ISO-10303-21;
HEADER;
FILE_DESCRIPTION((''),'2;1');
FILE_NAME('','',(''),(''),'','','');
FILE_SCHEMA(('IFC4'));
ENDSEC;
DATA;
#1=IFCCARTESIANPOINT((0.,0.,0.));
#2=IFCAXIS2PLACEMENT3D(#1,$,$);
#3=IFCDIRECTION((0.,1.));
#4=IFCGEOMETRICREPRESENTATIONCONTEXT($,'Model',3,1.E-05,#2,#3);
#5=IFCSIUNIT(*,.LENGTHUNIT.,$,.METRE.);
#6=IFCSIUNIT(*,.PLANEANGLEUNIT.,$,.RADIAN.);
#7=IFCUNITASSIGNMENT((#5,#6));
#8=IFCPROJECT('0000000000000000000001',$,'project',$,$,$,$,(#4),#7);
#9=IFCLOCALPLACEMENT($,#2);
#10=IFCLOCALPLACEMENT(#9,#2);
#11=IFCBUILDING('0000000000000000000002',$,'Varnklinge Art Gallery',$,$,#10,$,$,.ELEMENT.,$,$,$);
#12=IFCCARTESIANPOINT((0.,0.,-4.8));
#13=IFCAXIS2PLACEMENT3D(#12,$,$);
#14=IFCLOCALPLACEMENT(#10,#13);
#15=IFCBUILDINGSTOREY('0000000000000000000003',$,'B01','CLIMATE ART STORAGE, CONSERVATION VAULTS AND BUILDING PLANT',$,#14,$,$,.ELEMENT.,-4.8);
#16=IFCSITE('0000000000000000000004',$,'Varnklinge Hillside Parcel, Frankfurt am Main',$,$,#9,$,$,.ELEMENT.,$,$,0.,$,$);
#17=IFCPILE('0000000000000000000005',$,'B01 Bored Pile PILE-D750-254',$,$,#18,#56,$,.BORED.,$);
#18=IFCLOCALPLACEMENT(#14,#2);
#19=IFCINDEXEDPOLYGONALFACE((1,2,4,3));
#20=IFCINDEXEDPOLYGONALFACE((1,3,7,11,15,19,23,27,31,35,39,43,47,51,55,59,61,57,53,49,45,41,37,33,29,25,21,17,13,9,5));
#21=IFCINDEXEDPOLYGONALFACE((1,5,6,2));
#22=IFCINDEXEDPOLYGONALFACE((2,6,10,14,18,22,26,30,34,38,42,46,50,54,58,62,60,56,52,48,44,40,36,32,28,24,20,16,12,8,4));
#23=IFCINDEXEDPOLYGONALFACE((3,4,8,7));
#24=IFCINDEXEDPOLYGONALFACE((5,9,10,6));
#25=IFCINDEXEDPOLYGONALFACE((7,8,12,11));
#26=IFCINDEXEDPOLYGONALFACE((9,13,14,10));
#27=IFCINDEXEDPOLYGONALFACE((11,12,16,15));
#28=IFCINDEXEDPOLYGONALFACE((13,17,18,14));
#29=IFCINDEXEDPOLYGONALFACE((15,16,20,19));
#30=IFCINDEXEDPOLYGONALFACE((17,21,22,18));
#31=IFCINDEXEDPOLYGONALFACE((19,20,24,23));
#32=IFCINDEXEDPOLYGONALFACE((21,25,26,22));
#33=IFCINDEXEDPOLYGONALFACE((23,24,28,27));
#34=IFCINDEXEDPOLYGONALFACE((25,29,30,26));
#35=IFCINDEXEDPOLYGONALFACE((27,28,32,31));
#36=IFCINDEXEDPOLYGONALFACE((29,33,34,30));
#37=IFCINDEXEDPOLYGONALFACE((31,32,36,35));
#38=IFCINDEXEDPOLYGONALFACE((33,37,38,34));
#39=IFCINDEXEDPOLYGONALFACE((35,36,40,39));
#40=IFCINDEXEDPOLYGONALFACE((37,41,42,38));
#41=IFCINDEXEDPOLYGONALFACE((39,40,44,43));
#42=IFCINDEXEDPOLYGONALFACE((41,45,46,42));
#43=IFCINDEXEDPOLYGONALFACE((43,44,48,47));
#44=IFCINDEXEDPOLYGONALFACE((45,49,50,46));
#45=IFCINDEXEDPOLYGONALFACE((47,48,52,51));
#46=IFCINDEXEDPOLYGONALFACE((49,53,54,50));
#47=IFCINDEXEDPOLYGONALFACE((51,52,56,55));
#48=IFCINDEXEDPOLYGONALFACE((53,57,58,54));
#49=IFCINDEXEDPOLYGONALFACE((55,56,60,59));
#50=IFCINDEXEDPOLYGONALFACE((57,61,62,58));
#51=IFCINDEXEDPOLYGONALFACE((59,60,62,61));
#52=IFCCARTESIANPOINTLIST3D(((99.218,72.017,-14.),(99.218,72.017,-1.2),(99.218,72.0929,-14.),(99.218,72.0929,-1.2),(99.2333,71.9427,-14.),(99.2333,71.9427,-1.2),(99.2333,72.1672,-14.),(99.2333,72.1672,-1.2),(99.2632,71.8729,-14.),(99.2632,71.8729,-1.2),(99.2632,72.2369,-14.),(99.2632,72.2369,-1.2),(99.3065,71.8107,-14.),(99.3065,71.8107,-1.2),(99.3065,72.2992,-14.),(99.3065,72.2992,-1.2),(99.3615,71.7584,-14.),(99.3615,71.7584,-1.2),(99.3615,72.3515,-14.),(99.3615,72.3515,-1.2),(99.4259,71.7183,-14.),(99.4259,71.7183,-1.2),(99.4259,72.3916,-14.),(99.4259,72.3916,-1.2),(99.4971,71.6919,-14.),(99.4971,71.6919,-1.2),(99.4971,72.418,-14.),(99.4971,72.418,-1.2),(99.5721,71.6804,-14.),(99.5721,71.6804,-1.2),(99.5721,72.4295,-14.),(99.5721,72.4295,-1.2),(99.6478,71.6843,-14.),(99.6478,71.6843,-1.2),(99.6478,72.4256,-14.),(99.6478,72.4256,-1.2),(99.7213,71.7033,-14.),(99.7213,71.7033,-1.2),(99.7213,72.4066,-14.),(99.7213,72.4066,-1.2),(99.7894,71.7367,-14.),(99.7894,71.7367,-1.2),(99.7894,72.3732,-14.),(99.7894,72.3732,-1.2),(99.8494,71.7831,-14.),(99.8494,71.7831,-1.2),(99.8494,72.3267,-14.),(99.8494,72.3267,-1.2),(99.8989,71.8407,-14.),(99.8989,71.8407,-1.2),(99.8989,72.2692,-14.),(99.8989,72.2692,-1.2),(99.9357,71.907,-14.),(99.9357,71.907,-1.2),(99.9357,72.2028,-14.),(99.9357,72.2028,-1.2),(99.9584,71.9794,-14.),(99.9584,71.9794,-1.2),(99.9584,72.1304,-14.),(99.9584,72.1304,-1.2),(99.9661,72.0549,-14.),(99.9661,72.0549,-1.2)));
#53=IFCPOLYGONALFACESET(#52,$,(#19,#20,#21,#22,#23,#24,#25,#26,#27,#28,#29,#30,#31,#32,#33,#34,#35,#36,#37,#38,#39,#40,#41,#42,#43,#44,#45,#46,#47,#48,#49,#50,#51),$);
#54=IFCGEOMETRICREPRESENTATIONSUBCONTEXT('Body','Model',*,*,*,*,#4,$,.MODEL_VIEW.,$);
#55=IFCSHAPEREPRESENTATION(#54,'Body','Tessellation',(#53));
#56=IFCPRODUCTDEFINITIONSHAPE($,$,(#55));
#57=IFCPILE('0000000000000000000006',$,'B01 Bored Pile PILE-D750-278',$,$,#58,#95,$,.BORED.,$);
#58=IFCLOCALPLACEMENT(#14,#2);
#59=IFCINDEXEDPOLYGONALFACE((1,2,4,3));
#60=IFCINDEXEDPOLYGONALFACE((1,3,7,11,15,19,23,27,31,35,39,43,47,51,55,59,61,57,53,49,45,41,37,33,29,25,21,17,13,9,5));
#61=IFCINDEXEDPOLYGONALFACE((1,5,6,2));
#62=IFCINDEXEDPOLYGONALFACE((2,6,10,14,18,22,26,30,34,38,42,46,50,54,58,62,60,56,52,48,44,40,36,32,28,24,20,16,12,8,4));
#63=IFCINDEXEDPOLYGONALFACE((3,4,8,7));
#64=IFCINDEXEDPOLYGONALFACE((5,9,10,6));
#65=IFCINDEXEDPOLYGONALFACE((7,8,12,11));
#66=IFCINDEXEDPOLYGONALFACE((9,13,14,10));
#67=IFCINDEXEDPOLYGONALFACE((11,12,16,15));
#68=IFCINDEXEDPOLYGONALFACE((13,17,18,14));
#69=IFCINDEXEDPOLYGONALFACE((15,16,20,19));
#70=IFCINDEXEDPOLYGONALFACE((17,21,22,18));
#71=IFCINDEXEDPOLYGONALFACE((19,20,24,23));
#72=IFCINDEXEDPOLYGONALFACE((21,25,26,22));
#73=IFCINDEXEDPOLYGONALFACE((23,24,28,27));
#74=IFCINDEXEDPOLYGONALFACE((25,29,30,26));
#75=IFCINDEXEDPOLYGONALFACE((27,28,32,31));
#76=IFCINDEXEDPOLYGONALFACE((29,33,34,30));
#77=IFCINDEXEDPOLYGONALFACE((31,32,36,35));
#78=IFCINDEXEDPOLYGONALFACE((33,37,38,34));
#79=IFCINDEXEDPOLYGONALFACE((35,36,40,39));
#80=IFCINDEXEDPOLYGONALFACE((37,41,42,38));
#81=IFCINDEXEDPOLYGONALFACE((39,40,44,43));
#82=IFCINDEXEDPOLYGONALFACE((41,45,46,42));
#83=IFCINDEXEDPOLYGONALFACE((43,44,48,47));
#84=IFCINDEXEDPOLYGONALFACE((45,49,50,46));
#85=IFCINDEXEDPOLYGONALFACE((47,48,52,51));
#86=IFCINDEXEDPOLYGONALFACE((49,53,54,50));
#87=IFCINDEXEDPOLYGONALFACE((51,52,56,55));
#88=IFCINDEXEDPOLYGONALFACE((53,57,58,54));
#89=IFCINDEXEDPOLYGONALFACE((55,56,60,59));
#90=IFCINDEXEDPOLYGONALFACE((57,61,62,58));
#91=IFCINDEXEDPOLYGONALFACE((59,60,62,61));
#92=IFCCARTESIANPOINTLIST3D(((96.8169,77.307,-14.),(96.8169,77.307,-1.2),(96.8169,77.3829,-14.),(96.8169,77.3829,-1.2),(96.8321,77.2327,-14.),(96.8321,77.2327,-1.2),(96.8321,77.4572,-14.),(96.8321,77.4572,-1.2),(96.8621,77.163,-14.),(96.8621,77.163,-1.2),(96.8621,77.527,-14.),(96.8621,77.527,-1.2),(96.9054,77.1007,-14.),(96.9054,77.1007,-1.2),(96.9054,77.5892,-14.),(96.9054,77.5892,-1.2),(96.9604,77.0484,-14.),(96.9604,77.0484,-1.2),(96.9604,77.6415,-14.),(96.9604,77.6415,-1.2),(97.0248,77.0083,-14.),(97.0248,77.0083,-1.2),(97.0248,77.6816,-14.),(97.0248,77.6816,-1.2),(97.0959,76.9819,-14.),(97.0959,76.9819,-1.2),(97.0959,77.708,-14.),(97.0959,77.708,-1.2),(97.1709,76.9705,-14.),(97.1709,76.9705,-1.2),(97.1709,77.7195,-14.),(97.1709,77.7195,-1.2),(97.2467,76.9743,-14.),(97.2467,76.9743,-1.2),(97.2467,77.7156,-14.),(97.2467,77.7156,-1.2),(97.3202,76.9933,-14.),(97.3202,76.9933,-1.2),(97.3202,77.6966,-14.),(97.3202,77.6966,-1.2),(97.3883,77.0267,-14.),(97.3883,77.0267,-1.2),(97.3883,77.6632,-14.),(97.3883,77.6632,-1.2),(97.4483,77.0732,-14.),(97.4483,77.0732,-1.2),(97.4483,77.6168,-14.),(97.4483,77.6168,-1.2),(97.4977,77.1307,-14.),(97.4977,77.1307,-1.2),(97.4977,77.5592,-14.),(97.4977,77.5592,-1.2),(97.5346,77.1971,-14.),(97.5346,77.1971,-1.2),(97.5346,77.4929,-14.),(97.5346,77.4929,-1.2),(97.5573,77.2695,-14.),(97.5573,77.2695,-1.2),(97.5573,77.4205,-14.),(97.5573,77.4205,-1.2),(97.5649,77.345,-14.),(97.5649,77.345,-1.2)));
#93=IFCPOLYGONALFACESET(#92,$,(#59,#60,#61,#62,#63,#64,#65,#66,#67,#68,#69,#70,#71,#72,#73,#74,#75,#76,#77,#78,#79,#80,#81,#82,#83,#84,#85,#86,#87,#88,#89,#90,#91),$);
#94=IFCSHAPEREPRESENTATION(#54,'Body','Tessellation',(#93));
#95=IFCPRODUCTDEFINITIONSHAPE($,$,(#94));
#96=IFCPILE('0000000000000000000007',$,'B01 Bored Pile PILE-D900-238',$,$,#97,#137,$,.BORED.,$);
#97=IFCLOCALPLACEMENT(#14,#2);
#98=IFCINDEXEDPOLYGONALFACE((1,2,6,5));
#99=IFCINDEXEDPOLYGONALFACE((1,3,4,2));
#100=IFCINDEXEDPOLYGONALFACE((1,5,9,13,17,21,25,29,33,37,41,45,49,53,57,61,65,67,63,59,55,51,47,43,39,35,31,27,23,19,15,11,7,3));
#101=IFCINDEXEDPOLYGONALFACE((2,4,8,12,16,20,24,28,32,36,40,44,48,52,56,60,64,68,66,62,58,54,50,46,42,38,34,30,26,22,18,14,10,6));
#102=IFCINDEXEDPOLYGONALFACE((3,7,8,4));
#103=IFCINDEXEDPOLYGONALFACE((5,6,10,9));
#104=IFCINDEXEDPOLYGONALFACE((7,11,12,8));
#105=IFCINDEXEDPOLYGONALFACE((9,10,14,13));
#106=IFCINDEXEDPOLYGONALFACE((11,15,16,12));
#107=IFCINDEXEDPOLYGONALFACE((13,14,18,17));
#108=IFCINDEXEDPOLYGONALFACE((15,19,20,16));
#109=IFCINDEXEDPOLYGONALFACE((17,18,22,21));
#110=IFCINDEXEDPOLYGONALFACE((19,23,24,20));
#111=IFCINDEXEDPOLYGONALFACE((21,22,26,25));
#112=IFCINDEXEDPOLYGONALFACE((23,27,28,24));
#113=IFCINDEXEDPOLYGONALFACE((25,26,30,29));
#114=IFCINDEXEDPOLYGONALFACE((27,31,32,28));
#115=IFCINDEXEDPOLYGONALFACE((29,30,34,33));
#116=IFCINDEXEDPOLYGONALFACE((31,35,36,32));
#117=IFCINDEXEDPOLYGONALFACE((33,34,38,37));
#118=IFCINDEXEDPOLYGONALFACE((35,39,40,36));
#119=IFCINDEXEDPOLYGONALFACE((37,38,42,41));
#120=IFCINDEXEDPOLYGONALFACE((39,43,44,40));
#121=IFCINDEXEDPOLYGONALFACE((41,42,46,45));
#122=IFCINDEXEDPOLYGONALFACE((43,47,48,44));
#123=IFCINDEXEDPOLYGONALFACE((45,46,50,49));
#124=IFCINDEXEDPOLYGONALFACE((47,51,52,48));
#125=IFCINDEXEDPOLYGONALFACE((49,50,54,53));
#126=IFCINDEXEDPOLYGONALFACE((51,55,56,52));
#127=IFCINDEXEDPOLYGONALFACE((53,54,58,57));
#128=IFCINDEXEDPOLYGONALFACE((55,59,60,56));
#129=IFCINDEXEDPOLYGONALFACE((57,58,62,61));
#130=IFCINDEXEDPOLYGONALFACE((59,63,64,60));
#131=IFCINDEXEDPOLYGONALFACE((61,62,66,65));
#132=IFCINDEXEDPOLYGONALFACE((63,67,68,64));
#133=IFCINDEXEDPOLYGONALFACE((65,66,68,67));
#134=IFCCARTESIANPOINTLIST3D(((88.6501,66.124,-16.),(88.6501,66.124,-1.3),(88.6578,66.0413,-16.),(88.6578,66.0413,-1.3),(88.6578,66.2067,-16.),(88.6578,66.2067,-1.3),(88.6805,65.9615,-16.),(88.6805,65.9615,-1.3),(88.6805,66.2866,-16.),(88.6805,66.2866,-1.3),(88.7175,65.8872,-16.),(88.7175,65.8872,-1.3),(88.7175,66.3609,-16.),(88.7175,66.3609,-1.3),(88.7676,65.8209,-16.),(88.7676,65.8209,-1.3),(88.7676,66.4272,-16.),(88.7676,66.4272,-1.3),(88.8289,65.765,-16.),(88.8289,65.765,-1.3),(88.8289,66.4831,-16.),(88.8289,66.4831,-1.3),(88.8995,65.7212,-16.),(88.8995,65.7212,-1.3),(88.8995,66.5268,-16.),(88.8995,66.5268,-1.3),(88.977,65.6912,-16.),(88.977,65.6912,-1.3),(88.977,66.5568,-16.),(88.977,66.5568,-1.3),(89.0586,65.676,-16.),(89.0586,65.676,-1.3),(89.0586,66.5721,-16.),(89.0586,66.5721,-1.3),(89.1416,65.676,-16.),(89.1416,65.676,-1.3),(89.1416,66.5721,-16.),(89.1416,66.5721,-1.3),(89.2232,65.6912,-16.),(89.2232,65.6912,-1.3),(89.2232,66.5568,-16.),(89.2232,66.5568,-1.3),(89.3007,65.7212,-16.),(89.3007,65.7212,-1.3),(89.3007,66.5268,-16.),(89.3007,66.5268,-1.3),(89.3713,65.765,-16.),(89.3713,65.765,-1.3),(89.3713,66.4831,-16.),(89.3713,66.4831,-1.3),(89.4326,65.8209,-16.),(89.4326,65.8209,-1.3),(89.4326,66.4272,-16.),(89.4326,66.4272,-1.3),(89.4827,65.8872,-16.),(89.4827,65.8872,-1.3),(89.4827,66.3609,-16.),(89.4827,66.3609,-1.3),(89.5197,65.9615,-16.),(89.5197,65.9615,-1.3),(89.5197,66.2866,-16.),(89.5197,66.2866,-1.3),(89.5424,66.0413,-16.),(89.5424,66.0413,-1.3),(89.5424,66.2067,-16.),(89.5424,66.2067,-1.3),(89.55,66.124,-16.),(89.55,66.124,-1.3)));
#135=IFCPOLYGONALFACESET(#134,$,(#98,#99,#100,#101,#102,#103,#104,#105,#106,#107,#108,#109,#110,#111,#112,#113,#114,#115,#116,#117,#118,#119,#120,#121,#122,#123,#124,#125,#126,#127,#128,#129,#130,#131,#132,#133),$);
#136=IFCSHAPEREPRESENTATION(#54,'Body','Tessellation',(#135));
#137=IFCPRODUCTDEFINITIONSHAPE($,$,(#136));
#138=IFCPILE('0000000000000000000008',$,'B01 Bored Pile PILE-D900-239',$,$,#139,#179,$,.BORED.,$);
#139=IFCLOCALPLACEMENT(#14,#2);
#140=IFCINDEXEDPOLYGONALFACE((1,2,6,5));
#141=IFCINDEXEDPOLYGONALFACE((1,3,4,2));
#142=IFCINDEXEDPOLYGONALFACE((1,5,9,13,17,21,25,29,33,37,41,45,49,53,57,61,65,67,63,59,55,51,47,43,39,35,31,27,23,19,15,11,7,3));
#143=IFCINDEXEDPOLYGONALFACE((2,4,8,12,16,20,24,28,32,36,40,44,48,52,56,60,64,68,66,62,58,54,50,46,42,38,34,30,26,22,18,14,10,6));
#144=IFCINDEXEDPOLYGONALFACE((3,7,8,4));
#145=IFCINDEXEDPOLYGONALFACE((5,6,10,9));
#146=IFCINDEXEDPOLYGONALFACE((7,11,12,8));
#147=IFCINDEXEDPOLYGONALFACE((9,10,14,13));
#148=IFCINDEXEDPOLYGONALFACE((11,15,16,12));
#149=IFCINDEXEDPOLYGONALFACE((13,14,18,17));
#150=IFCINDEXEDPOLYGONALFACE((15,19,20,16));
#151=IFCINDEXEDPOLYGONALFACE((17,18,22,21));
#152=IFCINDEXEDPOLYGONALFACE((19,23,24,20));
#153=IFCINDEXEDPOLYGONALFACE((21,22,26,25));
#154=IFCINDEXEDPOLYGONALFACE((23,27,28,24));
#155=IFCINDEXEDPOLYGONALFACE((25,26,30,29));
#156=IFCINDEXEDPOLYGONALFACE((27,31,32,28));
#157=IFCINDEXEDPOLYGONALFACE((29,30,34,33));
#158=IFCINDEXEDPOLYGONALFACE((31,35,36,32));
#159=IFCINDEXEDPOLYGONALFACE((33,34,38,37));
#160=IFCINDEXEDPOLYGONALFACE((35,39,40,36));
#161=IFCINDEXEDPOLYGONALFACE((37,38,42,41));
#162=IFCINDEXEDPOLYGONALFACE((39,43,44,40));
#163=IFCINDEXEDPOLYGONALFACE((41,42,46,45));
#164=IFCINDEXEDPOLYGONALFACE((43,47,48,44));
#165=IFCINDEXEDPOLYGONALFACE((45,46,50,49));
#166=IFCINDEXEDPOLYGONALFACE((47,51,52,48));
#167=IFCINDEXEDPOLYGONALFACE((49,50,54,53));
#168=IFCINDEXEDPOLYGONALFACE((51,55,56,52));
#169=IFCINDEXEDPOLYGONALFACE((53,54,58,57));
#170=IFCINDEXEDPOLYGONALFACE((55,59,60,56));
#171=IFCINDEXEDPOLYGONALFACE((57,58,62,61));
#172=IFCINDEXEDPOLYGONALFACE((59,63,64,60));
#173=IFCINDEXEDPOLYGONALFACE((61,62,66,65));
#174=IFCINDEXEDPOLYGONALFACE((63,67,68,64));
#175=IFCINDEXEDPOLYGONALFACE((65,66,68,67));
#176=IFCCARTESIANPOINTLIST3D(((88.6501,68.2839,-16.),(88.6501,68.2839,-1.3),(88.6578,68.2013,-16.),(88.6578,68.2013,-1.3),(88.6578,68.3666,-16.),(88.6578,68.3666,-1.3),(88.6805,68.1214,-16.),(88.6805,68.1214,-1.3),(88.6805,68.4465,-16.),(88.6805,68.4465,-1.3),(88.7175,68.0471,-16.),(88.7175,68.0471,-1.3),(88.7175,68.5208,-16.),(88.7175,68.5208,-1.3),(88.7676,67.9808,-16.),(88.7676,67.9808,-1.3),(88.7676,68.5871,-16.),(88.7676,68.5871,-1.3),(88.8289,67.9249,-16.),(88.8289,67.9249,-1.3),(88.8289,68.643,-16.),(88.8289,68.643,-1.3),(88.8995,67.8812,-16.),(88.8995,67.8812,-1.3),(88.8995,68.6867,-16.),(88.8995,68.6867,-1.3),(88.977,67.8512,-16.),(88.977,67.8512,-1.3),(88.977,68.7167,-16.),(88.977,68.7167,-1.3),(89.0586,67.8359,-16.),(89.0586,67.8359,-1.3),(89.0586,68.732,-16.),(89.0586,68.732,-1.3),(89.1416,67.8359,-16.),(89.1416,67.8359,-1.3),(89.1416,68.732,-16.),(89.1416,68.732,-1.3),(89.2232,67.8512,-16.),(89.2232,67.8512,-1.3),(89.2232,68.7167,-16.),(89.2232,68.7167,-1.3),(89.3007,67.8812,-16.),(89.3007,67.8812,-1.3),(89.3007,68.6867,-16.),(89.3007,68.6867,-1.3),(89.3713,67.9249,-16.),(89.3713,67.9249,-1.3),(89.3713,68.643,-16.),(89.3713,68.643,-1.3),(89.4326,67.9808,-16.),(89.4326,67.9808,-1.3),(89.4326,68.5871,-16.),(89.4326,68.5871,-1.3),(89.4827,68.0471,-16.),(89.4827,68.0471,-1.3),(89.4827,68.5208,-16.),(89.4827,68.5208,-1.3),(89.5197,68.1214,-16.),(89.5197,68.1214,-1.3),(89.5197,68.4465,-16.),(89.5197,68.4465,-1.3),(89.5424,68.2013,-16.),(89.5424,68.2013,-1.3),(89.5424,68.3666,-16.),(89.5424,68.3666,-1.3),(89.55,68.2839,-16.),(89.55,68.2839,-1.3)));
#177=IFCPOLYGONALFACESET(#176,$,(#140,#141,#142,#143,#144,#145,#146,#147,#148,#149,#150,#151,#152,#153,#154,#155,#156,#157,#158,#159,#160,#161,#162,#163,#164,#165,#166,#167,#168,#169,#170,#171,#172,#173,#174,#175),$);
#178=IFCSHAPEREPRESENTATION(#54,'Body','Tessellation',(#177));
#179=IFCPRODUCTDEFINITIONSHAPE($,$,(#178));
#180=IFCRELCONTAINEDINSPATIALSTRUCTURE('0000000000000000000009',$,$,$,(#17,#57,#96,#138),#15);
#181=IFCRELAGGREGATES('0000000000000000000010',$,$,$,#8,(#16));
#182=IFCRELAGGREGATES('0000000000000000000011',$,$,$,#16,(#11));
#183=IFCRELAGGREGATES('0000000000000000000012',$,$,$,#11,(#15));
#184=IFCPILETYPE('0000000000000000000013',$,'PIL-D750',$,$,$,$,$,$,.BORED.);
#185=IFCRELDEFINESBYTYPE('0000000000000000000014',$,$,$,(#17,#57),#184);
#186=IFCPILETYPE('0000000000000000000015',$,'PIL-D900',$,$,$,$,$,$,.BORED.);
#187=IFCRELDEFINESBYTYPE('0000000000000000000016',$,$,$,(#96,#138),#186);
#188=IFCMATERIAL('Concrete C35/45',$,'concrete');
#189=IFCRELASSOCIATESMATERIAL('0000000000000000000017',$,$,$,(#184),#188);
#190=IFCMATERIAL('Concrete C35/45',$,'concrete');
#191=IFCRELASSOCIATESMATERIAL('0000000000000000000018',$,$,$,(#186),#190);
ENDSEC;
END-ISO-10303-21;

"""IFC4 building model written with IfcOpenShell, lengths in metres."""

from ifc_helpers import new_model, si_unit, direction, frame, origin, origin_2d, place, context, subcontext, project, spatial, circle, extrude, material, material_profile, profile_set, type_object, element, save


model = new_model("IFC4")

# Units and contexts
model_context = context("Model", 3, precision=1e-05, world=origin(), true_north=direction((0.0, 1.0)))
body_context = subcontext(model_context, "Body", "Model", "MODEL_VIEW")
ifc_project = project(units=[si_unit("LENGTHUNIT", "METRE"), si_unit("PLANEANGLEUNIT", "RADIAN")], contexts=[model_context])

# Site, building, storey
site_placement = place(None, origin())
site = spatial("IfcSite", under=ifc_project, at=site_placement, Name="Varnklinge Hillside Parcel, Frankfurt am Main", CompositionType="ELEMENT", RefElevation=0.0)
building_placement = place(site_placement, origin())
building = spatial("IfcBuilding", under=site, at=building_placement, Name="Varnklinge Art Gallery", CompositionType="ELEMENT")
storey_placement = place(building_placement, frame((0.0, 0.0, -4.8)))
storey = spatial("IfcBuildingStorey", under=building, at=storey_placement, Name="B01", Description="CLIMATE ART STORAGE, CONSERVATION VAULTS AND BUILDING PLANT", CompositionType="ELEMENT", Elevation=-4.8)

# Piles
ifc_material_1 = material(Name="Concrete C35/45", Category="concrete")
ifc_material_profile_1 = material_profile(ifc_material_1, circle(Radius=0.375, at=origin_2d()), Name="PILE D750")
ifc_profile_set_1 = profile_set([ifc_material_profile_1], Name="Concrete C35/45")
pile_type_1 = type_object("IfcPileType", Name="PIL-D750", PredefinedType="BORED", material=ifc_profile_set_1)
for number, where, z_axis, x_axis, name in (
    (1, (99.5911, 72.0549, -1.2), (0.0, 0.0, -1.0), (1.0, 0.0, 0.0), "B01 Bored Pile PILE-D750-254"),
    (2, (97.1899, 77.345, -1.2), (0.0, 0.0, -1.0), (1.0, 0.0, 0.0), "B01 Bored Pile PILE-D750-278"),
):
    element("IfcPile", number, at=place(storey_placement, frame(where, z_axis=z_axis, x_axis=x_axis)), inside=storey, type_object=pile_type_1, Name=name, PredefinedType="BORED", context=body_context, shape_type="SweptSolid", body=[
        extrude(circle(Radius=0.375, at=origin_2d()), origin(), (0.0, 0.0, 1.0), 12.8),
    ])
ifc_material_2 = material(Name="Concrete C35/45", Category="concrete")
ifc_material_profile_2 = material_profile(ifc_material_2, circle(Radius=0.45, at=origin_2d()), Name="PILE D900")
ifc_profile_set_2 = profile_set([ifc_material_profile_2], Name="Concrete C35/45")
pile_type_2 = type_object("IfcPileType", Name="PIL-D900", PredefinedType="BORED", material=ifc_profile_set_2)
for number, where, z_axis, x_axis, name in (
    (3, (89.1001, 66.124, -1.3), (0.0, 0.0, -1.0), (1.0, 0.0, 0.0), "B01 Bored Pile PILE-D900-238"),
    (4, (89.1001, 68.2839, -1.3), (0.0, 0.0, -1.0), (1.0, 0.0, 0.0), "B01 Bored Pile PILE-D900-239"),
):
    element("IfcPile", number, at=place(storey_placement, frame(where, z_axis=z_axis, x_axis=x_axis)), inside=storey, type_object=pile_type_2, Name=name, PredefinedType="BORED", context=body_context, shape_type="SweptSolid", body=[
        extrude(circle(Radius=0.45, at=origin_2d()), origin(), (0.0, 0.0, 1.0), 14.7),
    ])

save(model, "model.ifc")
